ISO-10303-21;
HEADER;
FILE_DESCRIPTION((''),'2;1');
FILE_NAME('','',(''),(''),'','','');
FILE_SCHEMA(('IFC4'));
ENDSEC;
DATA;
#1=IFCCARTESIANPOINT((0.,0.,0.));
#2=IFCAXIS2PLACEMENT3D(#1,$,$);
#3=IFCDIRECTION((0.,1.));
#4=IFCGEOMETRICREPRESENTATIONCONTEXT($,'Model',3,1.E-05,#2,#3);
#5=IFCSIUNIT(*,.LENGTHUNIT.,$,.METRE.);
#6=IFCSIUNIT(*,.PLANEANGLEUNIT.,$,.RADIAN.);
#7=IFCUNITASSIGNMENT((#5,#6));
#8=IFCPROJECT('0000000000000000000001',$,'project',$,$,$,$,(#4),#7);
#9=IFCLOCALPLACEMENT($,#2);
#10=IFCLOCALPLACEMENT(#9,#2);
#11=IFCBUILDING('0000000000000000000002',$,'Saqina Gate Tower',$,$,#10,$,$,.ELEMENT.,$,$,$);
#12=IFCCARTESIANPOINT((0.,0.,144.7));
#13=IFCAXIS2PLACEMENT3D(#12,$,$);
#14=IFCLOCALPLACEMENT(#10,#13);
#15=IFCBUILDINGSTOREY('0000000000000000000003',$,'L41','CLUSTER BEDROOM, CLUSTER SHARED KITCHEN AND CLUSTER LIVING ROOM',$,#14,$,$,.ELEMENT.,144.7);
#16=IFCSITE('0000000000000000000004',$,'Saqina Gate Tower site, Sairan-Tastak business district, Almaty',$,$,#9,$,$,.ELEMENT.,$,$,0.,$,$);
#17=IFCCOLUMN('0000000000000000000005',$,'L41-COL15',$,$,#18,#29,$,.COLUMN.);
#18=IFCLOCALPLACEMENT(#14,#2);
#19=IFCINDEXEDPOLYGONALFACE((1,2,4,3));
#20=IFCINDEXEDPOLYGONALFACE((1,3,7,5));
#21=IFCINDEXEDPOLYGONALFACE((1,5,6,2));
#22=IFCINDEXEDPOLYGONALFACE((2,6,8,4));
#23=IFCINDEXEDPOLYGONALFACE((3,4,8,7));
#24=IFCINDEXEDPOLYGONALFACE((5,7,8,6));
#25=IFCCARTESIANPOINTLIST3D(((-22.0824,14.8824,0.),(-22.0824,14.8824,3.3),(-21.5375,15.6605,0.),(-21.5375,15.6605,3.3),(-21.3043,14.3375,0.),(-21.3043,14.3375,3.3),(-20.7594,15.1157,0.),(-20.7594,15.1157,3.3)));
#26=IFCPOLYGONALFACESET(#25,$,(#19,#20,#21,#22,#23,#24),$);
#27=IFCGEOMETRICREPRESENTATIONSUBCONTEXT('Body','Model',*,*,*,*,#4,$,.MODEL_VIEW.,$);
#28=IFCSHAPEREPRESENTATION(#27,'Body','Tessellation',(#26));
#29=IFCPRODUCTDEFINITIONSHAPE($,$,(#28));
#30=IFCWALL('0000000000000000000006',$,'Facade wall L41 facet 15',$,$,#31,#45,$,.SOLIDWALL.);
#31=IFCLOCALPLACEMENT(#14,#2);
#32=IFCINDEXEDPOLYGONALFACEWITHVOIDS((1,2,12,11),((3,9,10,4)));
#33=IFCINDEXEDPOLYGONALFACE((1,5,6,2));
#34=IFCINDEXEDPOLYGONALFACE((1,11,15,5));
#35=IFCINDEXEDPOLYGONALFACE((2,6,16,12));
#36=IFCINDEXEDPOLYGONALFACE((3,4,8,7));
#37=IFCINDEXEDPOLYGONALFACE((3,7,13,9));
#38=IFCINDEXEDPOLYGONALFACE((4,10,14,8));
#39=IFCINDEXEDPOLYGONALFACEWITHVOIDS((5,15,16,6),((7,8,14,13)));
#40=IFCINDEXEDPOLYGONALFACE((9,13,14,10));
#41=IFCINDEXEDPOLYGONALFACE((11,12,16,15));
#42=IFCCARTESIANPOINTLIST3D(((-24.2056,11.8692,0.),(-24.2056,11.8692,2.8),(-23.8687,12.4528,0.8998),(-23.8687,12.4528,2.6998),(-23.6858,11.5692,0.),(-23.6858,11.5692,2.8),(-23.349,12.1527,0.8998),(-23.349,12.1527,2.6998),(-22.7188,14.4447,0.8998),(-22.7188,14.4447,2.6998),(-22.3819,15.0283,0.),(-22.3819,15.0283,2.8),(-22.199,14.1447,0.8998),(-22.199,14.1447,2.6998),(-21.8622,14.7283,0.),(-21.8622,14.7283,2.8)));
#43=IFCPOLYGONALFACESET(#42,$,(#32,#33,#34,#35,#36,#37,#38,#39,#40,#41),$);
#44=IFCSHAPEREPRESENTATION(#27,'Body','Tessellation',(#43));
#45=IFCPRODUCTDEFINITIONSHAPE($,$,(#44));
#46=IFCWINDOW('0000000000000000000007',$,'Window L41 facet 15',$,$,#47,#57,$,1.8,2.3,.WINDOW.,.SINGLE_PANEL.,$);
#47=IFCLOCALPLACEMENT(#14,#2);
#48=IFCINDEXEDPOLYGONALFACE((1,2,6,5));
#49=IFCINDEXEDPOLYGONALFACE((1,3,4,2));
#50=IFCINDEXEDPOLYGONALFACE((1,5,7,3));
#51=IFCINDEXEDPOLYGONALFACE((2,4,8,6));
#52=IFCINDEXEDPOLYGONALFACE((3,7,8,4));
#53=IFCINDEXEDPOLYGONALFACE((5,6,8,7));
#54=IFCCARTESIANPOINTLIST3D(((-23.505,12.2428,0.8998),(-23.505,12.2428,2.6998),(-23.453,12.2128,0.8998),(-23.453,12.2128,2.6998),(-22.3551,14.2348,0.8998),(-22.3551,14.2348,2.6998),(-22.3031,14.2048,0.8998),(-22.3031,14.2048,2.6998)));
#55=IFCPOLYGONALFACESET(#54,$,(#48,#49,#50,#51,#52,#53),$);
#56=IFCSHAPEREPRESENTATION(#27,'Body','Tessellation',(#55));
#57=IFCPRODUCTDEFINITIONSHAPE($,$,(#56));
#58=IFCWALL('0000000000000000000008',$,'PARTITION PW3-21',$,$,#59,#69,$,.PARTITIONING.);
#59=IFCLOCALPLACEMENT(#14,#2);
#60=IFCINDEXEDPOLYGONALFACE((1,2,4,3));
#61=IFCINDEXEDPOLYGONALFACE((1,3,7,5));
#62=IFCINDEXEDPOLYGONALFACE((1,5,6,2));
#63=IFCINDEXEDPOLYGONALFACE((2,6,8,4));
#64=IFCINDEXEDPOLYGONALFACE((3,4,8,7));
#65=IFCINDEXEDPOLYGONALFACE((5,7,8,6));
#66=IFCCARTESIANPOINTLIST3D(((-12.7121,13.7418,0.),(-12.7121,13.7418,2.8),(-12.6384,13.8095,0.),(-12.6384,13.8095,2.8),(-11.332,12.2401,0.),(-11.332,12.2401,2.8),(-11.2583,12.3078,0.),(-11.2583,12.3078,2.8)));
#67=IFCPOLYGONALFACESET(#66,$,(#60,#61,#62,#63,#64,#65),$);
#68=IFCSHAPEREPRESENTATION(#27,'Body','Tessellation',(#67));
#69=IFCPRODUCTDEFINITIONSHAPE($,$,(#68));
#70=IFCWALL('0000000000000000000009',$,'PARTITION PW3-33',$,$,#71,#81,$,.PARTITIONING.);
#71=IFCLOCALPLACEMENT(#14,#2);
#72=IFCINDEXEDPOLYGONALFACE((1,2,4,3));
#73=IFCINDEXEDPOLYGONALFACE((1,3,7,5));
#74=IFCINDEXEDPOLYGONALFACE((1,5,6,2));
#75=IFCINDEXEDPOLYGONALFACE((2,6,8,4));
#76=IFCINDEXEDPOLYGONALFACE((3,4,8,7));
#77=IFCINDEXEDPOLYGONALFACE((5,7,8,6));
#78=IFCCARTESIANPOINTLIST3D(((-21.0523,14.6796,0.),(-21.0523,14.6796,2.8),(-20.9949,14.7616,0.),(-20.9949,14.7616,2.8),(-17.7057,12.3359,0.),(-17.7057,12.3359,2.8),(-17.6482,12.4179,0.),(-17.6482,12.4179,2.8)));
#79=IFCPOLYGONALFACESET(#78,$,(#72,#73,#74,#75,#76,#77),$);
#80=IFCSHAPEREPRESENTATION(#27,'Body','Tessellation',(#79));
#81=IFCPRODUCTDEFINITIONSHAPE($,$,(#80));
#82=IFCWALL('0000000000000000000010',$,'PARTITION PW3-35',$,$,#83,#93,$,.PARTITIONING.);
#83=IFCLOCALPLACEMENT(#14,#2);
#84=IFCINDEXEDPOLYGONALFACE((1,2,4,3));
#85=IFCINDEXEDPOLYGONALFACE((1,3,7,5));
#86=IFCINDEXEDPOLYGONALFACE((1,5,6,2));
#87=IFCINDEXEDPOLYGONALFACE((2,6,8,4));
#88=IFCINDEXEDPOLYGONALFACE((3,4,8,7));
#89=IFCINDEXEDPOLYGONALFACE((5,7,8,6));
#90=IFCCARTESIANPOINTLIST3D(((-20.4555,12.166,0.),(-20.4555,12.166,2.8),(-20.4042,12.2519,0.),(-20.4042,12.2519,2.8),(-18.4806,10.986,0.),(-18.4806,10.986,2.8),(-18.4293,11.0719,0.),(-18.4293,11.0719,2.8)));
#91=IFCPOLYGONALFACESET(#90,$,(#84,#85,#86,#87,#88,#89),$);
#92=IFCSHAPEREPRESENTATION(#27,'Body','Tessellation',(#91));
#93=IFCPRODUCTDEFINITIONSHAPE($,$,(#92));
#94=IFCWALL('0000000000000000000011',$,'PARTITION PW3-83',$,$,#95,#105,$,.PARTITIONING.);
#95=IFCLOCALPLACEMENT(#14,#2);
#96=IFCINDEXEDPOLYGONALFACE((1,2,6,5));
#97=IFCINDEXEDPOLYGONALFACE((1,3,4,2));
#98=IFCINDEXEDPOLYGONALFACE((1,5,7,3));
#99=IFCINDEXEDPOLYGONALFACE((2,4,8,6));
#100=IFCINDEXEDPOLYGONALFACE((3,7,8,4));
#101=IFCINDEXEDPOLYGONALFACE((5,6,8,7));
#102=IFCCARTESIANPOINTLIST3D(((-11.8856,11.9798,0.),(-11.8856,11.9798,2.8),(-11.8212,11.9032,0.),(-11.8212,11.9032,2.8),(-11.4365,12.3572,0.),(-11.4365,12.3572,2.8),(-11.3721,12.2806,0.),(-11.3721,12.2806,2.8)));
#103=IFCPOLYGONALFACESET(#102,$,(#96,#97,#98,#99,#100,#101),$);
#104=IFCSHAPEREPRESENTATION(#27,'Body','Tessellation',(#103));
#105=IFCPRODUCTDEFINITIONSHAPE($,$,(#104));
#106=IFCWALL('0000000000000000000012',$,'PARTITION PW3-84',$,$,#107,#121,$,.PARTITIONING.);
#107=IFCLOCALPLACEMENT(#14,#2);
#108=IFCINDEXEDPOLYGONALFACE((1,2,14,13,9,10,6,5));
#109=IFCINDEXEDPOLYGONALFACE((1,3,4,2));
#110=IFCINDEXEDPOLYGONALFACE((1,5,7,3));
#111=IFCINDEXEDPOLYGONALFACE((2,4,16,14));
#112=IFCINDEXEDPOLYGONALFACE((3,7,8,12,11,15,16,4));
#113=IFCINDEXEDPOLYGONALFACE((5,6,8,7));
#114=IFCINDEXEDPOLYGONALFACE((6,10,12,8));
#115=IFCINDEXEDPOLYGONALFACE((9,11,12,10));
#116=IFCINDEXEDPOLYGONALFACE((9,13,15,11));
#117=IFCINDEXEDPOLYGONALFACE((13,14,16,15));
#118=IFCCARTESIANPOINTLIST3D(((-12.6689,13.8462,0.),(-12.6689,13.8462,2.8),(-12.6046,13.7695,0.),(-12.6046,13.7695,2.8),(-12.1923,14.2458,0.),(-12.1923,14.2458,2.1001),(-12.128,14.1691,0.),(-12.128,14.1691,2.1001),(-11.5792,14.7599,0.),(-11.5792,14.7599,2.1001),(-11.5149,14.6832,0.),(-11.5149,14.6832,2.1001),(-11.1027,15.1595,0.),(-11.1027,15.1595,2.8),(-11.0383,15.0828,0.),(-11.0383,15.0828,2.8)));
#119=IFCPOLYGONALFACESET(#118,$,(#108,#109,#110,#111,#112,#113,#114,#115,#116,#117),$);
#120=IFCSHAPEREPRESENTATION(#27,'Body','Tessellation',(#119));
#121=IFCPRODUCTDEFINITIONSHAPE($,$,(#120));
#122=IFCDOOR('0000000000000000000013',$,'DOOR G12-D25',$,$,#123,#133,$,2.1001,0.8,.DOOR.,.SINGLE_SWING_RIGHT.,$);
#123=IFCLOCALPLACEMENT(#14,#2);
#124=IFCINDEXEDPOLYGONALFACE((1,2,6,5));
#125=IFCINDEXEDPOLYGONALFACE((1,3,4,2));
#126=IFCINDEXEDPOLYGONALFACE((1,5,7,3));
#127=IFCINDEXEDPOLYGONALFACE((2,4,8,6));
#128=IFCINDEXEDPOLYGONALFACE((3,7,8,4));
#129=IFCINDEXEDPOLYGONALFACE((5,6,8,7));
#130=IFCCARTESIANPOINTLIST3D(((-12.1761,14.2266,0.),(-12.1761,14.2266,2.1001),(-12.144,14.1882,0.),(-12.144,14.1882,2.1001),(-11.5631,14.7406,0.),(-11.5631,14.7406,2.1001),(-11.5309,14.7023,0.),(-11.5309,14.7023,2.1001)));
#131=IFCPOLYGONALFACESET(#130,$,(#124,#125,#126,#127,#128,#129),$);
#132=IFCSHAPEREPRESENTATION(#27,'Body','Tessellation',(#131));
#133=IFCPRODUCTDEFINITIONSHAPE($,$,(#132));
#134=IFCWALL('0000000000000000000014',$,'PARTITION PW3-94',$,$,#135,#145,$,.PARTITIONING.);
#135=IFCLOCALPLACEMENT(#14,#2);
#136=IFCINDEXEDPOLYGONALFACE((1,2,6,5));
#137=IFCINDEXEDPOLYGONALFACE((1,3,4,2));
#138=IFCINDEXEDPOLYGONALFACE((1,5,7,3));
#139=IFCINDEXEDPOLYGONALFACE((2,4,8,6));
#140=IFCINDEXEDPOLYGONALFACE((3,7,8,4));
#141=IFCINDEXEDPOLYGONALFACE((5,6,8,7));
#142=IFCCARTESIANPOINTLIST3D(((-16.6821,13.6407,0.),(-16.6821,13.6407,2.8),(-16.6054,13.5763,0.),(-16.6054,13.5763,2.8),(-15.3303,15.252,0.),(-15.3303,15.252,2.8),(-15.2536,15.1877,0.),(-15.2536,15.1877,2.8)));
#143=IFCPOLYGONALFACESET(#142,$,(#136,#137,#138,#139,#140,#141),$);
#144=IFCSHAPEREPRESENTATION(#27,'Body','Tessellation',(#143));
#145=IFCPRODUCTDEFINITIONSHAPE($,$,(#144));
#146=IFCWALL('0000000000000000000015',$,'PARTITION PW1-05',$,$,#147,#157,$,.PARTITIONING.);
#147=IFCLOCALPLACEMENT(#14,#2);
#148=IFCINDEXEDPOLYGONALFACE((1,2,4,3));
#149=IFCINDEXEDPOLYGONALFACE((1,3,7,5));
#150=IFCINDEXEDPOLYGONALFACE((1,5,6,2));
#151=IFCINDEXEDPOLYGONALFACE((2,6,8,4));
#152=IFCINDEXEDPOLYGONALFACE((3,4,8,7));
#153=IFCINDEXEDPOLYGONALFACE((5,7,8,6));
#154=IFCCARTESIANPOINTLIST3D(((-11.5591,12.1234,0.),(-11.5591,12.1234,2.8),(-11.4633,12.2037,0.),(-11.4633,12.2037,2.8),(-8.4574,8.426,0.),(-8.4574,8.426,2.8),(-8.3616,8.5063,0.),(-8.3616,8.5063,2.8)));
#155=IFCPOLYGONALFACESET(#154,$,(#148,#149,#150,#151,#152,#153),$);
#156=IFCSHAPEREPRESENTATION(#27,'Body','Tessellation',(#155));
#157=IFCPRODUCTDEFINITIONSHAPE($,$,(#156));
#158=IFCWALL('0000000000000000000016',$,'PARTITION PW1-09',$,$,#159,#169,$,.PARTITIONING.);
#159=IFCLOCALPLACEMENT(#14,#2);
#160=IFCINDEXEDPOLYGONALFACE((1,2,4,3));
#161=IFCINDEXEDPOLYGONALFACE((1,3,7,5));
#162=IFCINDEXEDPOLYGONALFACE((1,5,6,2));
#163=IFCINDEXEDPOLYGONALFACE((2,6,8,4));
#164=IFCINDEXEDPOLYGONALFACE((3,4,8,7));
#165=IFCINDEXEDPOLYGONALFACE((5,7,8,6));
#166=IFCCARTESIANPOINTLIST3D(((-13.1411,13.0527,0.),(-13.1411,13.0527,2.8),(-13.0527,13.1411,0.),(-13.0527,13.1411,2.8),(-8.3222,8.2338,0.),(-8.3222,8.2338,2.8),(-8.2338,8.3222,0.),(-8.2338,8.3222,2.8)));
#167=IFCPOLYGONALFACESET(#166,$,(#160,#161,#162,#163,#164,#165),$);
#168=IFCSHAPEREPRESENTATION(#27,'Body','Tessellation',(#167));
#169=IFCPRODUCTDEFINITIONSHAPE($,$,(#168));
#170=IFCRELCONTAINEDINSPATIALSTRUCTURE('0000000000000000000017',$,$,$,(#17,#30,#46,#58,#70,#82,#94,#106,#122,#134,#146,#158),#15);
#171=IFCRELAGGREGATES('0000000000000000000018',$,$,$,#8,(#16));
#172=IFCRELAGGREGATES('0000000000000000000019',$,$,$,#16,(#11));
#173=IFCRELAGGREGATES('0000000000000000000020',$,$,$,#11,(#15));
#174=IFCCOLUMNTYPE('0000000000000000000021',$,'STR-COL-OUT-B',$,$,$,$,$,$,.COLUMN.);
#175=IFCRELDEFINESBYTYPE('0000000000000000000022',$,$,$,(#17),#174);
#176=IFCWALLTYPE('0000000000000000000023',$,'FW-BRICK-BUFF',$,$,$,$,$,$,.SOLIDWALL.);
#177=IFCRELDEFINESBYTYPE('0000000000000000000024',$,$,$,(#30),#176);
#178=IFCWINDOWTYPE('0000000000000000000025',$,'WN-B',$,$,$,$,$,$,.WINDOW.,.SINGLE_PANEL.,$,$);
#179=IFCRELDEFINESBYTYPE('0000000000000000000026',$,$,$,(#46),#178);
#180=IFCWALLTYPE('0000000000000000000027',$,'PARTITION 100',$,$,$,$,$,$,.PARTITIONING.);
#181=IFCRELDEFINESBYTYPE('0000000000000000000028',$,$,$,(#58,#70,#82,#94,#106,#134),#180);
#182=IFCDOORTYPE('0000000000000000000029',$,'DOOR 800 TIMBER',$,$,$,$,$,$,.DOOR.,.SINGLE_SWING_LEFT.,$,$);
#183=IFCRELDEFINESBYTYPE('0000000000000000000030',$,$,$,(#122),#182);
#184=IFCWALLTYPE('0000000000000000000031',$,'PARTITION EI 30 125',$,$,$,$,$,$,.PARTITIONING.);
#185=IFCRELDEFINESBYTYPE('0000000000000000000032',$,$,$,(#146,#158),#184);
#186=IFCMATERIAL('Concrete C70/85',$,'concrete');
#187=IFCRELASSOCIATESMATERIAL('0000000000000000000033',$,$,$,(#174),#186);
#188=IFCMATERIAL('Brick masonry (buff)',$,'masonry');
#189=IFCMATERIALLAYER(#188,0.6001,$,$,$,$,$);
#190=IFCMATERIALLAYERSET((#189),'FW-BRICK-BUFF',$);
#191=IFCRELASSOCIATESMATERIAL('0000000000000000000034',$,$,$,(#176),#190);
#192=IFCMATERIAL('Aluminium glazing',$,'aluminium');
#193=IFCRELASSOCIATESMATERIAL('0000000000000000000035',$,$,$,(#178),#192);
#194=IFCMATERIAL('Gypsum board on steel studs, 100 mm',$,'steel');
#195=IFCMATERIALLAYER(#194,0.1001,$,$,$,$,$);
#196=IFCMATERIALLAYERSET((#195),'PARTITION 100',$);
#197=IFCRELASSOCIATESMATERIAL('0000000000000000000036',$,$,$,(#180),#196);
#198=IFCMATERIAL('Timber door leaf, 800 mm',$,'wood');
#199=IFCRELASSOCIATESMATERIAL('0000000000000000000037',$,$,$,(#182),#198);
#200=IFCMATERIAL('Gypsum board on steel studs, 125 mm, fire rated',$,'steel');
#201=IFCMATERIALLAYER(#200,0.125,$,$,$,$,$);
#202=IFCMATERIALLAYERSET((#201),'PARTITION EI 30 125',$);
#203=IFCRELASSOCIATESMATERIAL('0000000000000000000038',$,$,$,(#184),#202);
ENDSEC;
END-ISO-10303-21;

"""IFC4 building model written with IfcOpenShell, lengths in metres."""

from ifc_helpers import new_model, si_unit, direction, frame, frame_2d, origin, origin_2d, place, context, subcontext, project, spatial, rectangle, extrude, material, layer, layer_set, material_profile, profile_set, type_object, element, fill, save


model = new_model("IFC4")

# Units and contexts
model_context = context("Model", 3, precision=1e-05, world=origin(), true_north=direction((0.0, 1.0)))
body_context = subcontext(model_context, "Body", "Model", "MODEL_VIEW")
ifc_project = project(units=[si_unit("LENGTHUNIT", "METRE"), si_unit("PLANEANGLEUNIT", "RADIAN")], contexts=[model_context])

# Site, building, storey
site_placement = place(None, origin())
site = spatial("IfcSite", under=ifc_project, at=site_placement, Name="Saqina Gate Tower site, Sairan-Tastak business district, Almaty", CompositionType="ELEMENT", RefElevation=0.0)
building_placement = place(site_placement, origin())
building = spatial("IfcBuilding", under=site, at=building_placement, Name="Saqina Gate Tower", CompositionType="ELEMENT")
storey_placement = place(building_placement, frame((0.0, 0.0, 144.7)))
storey = spatial("IfcBuildingStorey", under=building, at=storey_placement, Name="L41", Description="CLUSTER BEDROOM, CLUSTER SHARED KITCHEN AND CLUSTER LIVING ROOM", CompositionType="ELEMENT", Elevation=144.7)

# Column
ifc_material_1 = material(Name="Concrete C70/85", Category="concrete")
ifc_material_profile = material_profile(ifc_material_1, rectangle(XDim=0.95, YDim=0.95, at=origin_2d()), Name="RC 950x950")
ifc_profile_set = profile_set([ifc_material_profile], Name="Concrete C70/85")
column_type = type_object("IfcColumnType", Name="STR-COL-OUT-B", PredefinedType="COLUMN", material=ifc_profile_set)
column_placement = place(storey_placement, frame((-21.4209, 14.999, 0.0), z_axis=(0.0, 0.0, 1.0), x_axis=(-0.819152, 0.573576, 0.0)))
element("IfcColumn", 1, at=column_placement, inside=storey, type_object=column_type, Name="L41-COL15", PredefinedType="COLUMN", context=body_context, shape_type="SweptSolid", body=[
    extrude(rectangle(XDim=0.95, YDim=0.95, at=origin_2d()), origin(), (0.0, 0.0, 1.0), 3.3),
])

# Wall, opening, window
ifc_material_2 = material(Name="Brick masonry (buff)", Category="masonry")
ifc_layer_1 = layer(ifc_material_2, 0.6001)
ifc_layer_set_1 = layer_set([ifc_layer_1], Name="FW-BRICK-BUFF")
wall_type_1 = type_object("IfcWallType", Name="FW-BRICK-BUFF", PredefinedType="SOLIDWALL", material=ifc_layer_set_1)
wall_1_placement = place(storey_placement, frame((-22.1221, 14.8782, 0.0), z_axis=(0.0, 0.0, 1.0), x_axis=(-0.499954, -0.866052, 0.0)))
wall_1 = element("IfcWall", 2, at=wall_1_placement, inside=storey, type_object=wall_type_1, Name="Facade wall L41 facet 15", PredefinedType="SOLIDWALL", context=body_context, shape_type="SweptSolid", body=[
    extrude(rectangle(XDim=3.6477, YDim=0.6001, at=frame_2d((1.8237, 0.0))), origin(), (0.0, 0.0, 1.0), 2.8),
])
opening_1_placement = place(wall_1_placement, frame((0.6738, 0.0, 0.8999)))
opening_1 = element("IfcOpeningElement", 3, at=opening_1_placement, cuts=wall_1, PredefinedType="OPENING", context=body_context, shape_type="SweptSolid", body=[
    extrude(rectangle(XDim=2.3, YDim=1.8, at=frame_2d((1.1499, 0.8999))), frame((0.0, 0.312, 0.0), z_axis=(0.0, -1.0, 0.0), x_axis=(1.0, 0.0, 0.0)), (0.0, 0.0, 1.0), 0.624),
])
ifc_material_3 = material(Name="Aluminium glazing", Category="aluminium")
window_type = type_object("IfcWindowType", Name="WN-B", PartitioningType="SINGLE_PANEL", PredefinedType="WINDOW", material=ifc_material_3)
window_placement = place(opening_1_placement, origin())
window = element("IfcWindow", 4, at=window_placement, inside=storey, type_object=window_type, Name="Window L41 facet 15", OverallHeight=1.8, OverallWidth=2.3, PartitioningType="SINGLE_PANEL", PredefinedType="WINDOW", context=body_context, shape_type="SweptSolid", body=[
    extrude(rectangle(XDim=2.3, YDim=1.8, at=frame_2d((1.1499, 0.8999))), frame((0.0, 0.1799, 0.0), z_axis=(0.0, -1.0, 0.0), x_axis=(1.0, 0.0, 0.0)), (0.0, 0.0, 1.0), 0.0601),
])
fill(opening_1, window)

# Walls
ifc_material_4 = material(Name="Gypsum board on steel studs, 100 mm", Category="steel")
ifc_layer_2 = layer(ifc_material_4, 0.1001)
ifc_layer_set_2 = layer_set([ifc_layer_2], Name="PARTITION 100")
wall_type_2 = type_object("IfcWallType", Name="PARTITION 100", PredefinedType="PARTITIONING", material=ifc_layer_set_2)
wall_2_placement = place(storey_placement, frame((-12.6753, 13.7756, 0.0), z_axis=(0.0, 0.0, 1.0), x_axis=(0.676673, -0.736284, 0.0)))
element("IfcWall", 5, at=wall_2_placement, inside=storey, type_object=wall_type_2, Name="PARTITION PW3-21", PredefinedType="PARTITIONING", context=body_context, shape_type="SweptSolid", body=[
    extrude(rectangle(XDim=2.0396, YDim=0.1001, at=frame_2d((1.0198, 0.0))), origin(), (0.0, 0.0, 1.0), 2.8),
])
wall_3_placement = place(storey_placement, frame((-21.0237, 14.7207, 0.0), z_axis=(0.0, 0.0, 1.0), x_axis=(0.819108, -0.573639, 0.0)))
element("IfcWall", 6, at=wall_3_placement, inside=storey, type_object=wall_type_2, Name="PARTITION PW3-33", PredefinedType="PARTITIONING", context=body_context, shape_type="SweptSolid", body=[
    extrude(rectangle(XDim=4.0857, YDim=0.1001, at=frame_2d((2.043, 0.0))), origin(), (0.0, 0.0, 1.0), 2.8),
])
wall_4_placement = place(storey_placement, frame((-20.4299, 12.209, 0.0), z_axis=(0.0, 0.0, 1.0), x_axis=(0.858447, -0.512903, 0.0)))
element("IfcWall", 7, at=wall_4_placement, inside=storey, type_object=wall_type_2, Name="PARTITION PW3-35", PredefinedType="PARTITIONING", context=body_context, shape_type="SweptSolid", body=[
    extrude(rectangle(XDim=2.3005, YDim=0.1001, at=frame_2d((1.1504, 0.0))), origin(), (0.0, 0.0, 1.0), 2.8),
])
wall_5_placement = place(storey_placement, frame((-11.8535, 11.9414, 0.0), z_axis=(0.0, 0.0, 1.0), x_axis=(0.765623, 0.64329, 0.0)))
element("IfcWall", 8, at=wall_5_placement, inside=storey, type_object=wall_type_2, Name="PARTITION PW3-83", PredefinedType="PARTITIONING", context=body_context, shape_type="SweptSolid", body=[
    extrude(rectangle(XDim=0.5867, YDim=0.1001, at=frame_2d((0.2935, 0.0))), origin(), (0.0, 0.0, 1.0), 2.8),
])

# Wall, opening, door
wall_6_placement = place(storey_placement, frame((-12.6367, 13.8079, 0.0), z_axis=(0.0, 0.0, 1.0), x_axis=(0.766269, 0.64252, 0.0)))
wall_6 = element("IfcWall", 9, at=wall_6_placement, inside=storey, type_object=wall_type_2, Name="PARTITION PW3-84", PredefinedType="PARTITIONING", context=body_context, shape_type="SweptSolid", body=[
    extrude(rectangle(XDim=2.0439, YDim=0.1001, at=frame_2d((1.022, 0.0))), origin(), (0.0, 0.0, 1.0), 2.8),
])
opening_2_placement = place(wall_6_placement, frame((0.6221, 0.0, 0.0)))
opening_2 = element("IfcOpeningElement", 10, at=opening_2_placement, cuts=wall_6, PredefinedType="OPENING", context=body_context, shape_type="SweptSolid", body=[
    extrude(rectangle(XDim=0.8, YDim=2.1001, at=frame_2d((0.3999, 1.05))), frame((0.0, 0.062, 0.0), z_axis=(0.0, -1.0, 0.0), x_axis=(1.0, 0.0, 0.0)), (0.0, 0.0, 1.0), 0.124),
])
ifc_material_5 = material(Name="Timber door leaf, 800 mm", Category="wood")
door_type_1 = type_object("IfcDoorType", Name="DOOR 800 TIMBER", OperationType="SINGLE_SWING_LEFT", PredefinedType="DOOR", material=ifc_material_5)
door_1_placement = place(opening_2_placement, origin())
door_1 = element("IfcDoor", 11, at=door_1_placement, inside=storey, type_object=door_type_1, Name="DOOR G12-D25", OperationType="SINGLE_SWING_RIGHT", OverallHeight=2.1001, OverallWidth=0.8, PredefinedType="DOOR", context=body_context, shape_type="SweptSolid", body=[
    extrude(rectangle(XDim=0.8, YDim=2.1001, at=frame_2d((0.3999, 1.05))), frame((0.0, 0.0249, 0.0), z_axis=(0.0, -1.0, 0.0), x_axis=(1.0, 0.0, 0.0)), (0.0, 0.0, 1.0), 0.05),
])
fill(opening_2, door_1)

# Walls
wall_7_placement = place(storey_placement, frame((-16.6438, 13.6084, 0.0), z_axis=(0.0, 0.0, 1.0), x_axis=(0.642716, 0.766105, 0.0)))
element("IfcWall", 12, at=wall_7_placement, inside=storey, type_object=wall_type_2, Name="PARTITION PW3-94", PredefinedType="PARTITIONING", context=body_context, shape_type="SweptSolid", body=[
    extrude(rectangle(XDim=2.1033, YDim=0.1001, at=frame_2d((1.0518, 0.0))), origin(), (0.0, 0.0, 1.0), 2.8),
])
ifc_material_6 = material(Name="Gypsum board on steel studs, 125 mm, fire rated", Category="steel")
ifc_layer_3 = layer(ifc_material_6, 0.125)
ifc_layer_set_3 = layer_set([ifc_layer_3], Name="PARTITION EI 30 125")
wall_type_3 = type_object("IfcWallType", Name="PARTITION EI 30 125", PredefinedType="PARTITIONING", material=ifc_layer_set_3)
wall_8_placement = place(storey_placement, frame((-11.5112, 12.1636, 0.0), z_axis=(0.0, 0.0, 1.0), x_axis=(0.642694, -0.766123, 0.0)))
element("IfcWall", 13, at=wall_8_placement, inside=storey, type_object=wall_type_3, Name="PARTITION PW1-05", PredefinedType="PARTITIONING", context=body_context, shape_type="SweptSolid", body=[
    extrude(rectangle(XDim=4.8262, YDim=0.125, at=frame_2d((2.4131, 0.0))), origin(), (0.0, 0.0, 1.0), 2.8),
])
wall_9_placement = place(storey_placement, frame((-13.0969, 13.0969, 0.0), z_axis=(0.0, 0.0, 1.0), x_axis=(0.707107, -0.707107, 0.0)))
element("IfcWall", 14, at=wall_9_placement, inside=storey, type_object=wall_type_3, Name="PARTITION PW1-09", PredefinedType="PARTITIONING", context=body_context, shape_type="SweptSolid", body=[
    extrude(rectangle(XDim=6.8149, YDim=0.125, at=frame_2d((3.4075, 0.0))), origin(), (0.0, 0.0, 1.0), 2.8),
])

save(model, "model.ifc")
